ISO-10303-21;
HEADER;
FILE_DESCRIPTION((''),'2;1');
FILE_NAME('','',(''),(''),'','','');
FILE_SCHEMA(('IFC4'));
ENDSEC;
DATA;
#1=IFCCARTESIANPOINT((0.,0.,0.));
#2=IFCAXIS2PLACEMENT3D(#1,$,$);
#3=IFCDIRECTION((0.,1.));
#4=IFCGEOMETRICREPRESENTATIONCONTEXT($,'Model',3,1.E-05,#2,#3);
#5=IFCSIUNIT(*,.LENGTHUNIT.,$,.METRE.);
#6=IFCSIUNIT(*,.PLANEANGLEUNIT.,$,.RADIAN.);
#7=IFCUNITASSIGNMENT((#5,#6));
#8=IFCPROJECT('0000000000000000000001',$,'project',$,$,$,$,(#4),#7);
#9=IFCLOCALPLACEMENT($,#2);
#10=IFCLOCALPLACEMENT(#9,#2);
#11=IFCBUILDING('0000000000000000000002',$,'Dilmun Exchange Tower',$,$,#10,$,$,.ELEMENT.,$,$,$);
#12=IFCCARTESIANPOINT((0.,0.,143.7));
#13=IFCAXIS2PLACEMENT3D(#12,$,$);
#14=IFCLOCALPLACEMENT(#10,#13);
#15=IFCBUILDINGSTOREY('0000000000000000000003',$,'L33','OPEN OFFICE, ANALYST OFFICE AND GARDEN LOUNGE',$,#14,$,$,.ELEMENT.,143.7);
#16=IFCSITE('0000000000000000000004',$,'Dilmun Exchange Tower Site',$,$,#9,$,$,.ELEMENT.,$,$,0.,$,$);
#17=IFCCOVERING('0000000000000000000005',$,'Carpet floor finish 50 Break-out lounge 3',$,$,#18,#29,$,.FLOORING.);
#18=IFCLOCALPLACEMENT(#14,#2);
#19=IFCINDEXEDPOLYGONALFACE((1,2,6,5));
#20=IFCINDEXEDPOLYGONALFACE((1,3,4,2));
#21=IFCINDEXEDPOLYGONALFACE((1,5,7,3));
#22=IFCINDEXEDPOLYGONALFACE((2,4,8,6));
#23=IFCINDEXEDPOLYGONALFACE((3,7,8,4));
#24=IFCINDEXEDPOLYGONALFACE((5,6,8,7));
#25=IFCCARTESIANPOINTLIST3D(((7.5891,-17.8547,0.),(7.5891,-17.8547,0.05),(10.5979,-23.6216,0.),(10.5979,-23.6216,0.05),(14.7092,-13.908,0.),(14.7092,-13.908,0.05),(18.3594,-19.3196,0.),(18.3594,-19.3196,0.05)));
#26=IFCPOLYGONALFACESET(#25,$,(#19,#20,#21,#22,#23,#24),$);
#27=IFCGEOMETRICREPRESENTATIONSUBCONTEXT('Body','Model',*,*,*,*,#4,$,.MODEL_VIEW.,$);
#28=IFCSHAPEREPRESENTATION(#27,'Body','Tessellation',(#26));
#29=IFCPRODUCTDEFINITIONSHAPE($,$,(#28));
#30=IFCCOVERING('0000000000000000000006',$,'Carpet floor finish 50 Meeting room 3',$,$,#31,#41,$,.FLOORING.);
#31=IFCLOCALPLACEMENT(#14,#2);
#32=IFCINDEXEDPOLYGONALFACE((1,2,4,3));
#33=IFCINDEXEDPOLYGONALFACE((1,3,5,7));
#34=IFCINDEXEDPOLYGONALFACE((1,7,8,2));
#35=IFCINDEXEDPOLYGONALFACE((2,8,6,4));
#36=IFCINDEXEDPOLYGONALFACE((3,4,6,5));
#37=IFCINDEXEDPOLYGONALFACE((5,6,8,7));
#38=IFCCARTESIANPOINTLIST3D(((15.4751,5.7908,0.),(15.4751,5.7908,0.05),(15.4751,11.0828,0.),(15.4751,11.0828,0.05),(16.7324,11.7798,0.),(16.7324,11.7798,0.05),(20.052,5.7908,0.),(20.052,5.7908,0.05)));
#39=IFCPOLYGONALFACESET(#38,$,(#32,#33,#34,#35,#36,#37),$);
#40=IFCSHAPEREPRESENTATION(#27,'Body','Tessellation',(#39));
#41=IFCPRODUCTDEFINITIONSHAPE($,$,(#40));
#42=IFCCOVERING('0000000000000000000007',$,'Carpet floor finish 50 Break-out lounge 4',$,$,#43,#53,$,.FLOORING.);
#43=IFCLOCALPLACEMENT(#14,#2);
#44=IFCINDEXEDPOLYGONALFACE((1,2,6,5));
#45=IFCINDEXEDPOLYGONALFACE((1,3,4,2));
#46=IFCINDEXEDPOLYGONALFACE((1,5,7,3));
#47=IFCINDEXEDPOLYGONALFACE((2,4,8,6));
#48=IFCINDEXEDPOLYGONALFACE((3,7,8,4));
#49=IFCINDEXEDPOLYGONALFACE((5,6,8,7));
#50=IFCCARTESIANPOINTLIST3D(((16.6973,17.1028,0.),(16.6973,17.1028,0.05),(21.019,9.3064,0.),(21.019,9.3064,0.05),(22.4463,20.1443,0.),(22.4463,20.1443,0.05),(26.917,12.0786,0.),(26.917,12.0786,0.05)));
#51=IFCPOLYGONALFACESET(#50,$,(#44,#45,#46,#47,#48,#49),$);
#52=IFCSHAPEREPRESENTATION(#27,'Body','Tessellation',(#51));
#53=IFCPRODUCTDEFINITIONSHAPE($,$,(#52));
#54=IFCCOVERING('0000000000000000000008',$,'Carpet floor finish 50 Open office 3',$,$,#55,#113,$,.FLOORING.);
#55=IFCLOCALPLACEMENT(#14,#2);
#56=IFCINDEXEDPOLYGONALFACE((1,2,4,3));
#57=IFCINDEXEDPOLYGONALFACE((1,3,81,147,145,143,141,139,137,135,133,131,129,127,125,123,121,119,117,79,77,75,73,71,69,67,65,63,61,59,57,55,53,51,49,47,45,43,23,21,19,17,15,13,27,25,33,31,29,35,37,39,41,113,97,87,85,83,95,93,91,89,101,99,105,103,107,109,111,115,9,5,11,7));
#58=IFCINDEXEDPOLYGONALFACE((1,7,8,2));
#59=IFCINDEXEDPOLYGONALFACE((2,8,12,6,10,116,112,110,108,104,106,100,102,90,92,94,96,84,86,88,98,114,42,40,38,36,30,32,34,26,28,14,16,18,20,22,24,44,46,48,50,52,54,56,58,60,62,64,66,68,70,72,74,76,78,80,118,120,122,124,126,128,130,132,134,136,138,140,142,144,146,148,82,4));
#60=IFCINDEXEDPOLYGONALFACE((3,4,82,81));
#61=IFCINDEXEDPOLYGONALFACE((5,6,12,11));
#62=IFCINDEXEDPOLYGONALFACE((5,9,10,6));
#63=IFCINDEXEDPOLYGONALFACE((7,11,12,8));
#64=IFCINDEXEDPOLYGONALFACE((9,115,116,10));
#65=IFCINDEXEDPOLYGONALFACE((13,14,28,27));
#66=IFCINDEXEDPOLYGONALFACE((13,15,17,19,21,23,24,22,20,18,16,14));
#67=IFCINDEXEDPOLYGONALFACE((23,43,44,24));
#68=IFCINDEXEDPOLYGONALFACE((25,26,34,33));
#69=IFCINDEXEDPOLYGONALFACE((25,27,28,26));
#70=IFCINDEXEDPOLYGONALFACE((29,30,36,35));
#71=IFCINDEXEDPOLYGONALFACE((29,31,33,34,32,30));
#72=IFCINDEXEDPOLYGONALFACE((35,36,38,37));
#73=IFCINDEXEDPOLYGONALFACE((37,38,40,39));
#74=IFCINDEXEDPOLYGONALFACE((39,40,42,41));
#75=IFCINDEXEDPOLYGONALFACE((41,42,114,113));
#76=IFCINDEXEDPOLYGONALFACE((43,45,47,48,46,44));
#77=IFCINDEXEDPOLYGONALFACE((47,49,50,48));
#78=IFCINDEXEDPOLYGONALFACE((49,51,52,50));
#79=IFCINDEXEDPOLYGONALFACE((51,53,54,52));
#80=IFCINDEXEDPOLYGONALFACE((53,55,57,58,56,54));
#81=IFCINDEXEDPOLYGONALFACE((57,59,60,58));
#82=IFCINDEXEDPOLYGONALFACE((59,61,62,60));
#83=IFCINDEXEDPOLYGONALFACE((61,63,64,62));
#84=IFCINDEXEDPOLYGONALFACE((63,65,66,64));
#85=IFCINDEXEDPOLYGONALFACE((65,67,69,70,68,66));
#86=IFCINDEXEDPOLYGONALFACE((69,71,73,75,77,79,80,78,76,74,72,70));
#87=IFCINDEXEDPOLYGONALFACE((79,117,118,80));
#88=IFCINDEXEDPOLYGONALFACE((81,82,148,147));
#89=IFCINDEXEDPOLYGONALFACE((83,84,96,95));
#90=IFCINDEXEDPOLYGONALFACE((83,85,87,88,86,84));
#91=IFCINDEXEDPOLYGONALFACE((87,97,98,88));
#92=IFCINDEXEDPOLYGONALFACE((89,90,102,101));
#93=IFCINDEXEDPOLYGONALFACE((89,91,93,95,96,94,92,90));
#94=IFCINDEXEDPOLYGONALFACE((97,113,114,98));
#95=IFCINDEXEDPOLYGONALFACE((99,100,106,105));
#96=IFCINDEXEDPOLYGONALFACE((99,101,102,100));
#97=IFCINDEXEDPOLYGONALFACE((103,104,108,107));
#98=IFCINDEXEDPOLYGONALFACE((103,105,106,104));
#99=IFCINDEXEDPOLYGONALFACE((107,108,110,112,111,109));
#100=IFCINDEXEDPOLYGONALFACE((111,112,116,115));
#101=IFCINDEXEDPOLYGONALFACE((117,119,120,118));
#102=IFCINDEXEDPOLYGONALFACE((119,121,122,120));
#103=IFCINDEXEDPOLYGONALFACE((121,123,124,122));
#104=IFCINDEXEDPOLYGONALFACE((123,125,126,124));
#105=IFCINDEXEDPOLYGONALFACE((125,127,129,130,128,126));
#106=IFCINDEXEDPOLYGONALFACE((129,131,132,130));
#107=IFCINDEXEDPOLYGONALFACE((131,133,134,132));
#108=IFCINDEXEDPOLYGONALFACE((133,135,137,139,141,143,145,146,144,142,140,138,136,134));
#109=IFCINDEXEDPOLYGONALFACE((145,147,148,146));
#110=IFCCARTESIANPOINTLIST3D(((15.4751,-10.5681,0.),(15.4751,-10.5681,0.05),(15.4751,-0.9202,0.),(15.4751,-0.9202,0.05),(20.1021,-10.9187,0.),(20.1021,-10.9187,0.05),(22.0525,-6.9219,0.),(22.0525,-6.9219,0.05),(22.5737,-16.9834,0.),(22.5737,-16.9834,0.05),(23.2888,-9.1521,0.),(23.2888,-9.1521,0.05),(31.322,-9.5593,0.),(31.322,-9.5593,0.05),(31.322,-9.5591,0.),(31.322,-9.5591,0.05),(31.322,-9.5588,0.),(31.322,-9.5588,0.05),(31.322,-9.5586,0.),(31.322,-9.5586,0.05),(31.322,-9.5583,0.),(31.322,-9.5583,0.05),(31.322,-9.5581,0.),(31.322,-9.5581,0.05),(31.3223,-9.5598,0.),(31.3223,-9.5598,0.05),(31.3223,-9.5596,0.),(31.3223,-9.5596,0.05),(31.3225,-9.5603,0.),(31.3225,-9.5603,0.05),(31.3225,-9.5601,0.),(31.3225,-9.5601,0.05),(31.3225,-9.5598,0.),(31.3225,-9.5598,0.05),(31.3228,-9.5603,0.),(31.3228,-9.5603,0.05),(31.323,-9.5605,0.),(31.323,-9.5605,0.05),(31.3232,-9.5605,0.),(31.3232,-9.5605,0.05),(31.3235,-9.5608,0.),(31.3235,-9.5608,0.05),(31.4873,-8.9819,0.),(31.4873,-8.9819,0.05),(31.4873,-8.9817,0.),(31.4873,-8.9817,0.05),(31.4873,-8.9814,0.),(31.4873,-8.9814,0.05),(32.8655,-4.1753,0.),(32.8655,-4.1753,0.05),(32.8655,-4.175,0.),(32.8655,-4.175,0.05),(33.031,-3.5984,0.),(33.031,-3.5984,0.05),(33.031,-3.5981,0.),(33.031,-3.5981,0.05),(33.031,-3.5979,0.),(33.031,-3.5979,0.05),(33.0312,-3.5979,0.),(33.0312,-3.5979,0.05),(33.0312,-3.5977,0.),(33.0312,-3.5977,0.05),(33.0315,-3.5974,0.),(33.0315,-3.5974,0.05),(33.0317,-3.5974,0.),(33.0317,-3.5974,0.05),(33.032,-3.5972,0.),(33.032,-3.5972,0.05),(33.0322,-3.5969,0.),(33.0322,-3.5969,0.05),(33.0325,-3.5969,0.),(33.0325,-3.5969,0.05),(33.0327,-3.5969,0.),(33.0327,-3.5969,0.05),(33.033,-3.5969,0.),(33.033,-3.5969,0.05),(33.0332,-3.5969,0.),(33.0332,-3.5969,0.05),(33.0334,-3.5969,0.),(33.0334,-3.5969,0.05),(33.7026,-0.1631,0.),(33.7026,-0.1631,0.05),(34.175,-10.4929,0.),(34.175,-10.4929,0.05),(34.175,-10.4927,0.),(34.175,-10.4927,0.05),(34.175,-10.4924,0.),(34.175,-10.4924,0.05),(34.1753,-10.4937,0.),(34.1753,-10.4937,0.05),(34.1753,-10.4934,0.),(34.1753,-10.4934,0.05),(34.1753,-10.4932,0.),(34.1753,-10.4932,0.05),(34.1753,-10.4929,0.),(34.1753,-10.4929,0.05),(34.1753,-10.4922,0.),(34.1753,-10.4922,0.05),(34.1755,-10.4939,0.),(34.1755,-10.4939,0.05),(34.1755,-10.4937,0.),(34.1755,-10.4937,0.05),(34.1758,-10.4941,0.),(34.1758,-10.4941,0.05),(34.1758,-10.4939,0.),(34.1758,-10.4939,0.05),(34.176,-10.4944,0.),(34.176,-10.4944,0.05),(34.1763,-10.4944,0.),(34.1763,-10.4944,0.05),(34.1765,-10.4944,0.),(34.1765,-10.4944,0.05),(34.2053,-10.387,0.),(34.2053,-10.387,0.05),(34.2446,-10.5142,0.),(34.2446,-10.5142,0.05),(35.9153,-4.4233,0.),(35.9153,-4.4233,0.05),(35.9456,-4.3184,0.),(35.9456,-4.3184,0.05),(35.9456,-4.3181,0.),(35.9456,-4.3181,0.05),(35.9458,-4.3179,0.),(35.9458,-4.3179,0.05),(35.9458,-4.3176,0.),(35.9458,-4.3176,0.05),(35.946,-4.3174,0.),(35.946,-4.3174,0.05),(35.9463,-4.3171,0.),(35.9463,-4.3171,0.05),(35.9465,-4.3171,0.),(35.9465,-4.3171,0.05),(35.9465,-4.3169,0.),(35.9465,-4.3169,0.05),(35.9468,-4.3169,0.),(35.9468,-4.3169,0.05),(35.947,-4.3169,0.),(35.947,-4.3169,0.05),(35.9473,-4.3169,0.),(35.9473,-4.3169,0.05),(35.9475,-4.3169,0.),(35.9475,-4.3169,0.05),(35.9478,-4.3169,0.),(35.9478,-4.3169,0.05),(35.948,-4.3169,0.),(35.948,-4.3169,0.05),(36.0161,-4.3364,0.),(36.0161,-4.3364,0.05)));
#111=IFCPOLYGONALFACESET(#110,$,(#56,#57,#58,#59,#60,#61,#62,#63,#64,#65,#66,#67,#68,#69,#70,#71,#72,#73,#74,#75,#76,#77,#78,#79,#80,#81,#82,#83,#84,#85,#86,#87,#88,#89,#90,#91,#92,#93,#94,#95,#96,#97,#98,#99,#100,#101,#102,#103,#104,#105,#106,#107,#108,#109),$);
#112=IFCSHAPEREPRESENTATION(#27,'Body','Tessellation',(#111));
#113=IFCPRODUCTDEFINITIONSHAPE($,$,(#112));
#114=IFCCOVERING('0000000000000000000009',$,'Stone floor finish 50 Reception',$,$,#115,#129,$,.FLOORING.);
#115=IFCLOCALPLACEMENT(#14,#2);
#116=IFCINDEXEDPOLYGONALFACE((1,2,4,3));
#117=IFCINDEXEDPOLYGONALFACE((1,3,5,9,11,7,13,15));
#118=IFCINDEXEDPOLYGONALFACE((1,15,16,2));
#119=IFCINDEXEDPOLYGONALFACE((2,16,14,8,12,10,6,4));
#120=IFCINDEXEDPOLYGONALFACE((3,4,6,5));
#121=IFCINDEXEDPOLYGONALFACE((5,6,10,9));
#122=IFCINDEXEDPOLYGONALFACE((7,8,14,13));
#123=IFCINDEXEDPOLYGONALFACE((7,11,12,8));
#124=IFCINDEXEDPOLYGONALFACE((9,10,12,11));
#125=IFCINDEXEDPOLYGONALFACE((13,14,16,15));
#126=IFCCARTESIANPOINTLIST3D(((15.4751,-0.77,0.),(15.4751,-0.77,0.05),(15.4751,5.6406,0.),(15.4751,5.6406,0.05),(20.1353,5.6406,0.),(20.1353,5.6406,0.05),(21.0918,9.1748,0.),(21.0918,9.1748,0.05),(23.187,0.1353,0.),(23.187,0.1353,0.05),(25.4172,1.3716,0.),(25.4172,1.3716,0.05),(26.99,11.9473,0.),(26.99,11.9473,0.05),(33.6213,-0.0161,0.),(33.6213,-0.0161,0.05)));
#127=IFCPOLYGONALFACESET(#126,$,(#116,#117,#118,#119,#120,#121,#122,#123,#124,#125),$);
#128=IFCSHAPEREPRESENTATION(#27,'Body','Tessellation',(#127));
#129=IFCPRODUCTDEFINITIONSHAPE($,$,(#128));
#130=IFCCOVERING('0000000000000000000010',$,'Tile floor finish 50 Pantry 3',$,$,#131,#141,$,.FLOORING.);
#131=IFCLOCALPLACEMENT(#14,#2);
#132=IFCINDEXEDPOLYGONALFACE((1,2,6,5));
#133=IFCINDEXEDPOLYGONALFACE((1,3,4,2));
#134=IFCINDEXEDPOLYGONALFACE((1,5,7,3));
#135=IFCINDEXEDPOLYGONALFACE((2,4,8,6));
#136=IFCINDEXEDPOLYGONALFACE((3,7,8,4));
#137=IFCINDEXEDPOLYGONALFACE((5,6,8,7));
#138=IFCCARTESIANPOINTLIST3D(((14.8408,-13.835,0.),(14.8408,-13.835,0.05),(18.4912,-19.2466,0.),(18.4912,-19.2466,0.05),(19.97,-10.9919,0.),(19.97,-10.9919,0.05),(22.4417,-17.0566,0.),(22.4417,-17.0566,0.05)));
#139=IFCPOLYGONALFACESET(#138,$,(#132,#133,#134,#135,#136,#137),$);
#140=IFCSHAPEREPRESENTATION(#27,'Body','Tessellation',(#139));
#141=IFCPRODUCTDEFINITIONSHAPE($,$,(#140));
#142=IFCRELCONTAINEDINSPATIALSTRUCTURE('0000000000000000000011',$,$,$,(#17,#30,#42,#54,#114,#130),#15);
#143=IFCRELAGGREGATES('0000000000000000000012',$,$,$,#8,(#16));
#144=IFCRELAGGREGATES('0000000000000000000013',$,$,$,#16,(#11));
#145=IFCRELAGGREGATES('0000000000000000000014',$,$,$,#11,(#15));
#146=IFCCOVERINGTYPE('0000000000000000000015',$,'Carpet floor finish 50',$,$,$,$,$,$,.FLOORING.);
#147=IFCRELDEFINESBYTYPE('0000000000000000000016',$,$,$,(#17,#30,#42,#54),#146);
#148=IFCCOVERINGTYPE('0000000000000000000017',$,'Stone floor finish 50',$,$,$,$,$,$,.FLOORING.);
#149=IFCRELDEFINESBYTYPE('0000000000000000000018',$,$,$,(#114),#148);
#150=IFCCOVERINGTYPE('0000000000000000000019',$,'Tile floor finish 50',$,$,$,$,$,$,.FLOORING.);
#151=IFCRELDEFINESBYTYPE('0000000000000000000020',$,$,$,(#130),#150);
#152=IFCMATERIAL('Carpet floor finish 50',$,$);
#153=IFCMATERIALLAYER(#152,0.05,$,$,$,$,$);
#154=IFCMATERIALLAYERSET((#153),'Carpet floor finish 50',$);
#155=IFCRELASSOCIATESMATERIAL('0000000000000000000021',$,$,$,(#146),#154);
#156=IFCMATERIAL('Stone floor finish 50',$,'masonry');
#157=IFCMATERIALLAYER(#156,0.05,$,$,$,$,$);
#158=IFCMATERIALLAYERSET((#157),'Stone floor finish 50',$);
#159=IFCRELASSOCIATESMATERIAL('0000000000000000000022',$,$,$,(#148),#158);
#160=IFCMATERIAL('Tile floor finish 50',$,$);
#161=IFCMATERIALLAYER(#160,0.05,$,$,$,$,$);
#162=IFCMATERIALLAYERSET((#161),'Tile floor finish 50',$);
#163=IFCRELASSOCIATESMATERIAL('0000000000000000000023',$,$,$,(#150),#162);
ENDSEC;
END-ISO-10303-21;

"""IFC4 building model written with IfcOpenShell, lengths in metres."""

from ifc_helpers import new_model, si_unit, direction, frame, origin, place, context, subcontext, project, spatial, polyline, outline, extrude, material, layer, layer_set, type_object, element, save


model = new_model("IFC4")

# Units and contexts
model_context = context("Model", 3, precision=1e-05, world=origin(), true_north=direction((0.0, 1.0)))
body_context = subcontext(model_context, "Body", "Model", "MODEL_VIEW")
ifc_project = project(units=[si_unit("LENGTHUNIT", "METRE"), si_unit("PLANEANGLEUNIT", "RADIAN")], contexts=[model_context])

# Site, building, storey
site_placement = place(None, origin())
site = spatial("IfcSite", under=ifc_project, at=site_placement, Name="Dilmun Exchange Tower Site", CompositionType="ELEMENT", RefElevation=0.0)
building_placement = place(site_placement, origin())
building = spatial("IfcBuilding", under=site, at=building_placement, Name="Dilmun Exchange Tower", CompositionType="ELEMENT")
storey_placement = place(building_placement, frame((0.0, 0.0, 143.7)))
storey = spatial("IfcBuildingStorey", under=building, at=storey_placement, Name="L33", Description="OPEN OFFICE, ANALYST OFFICE AND GARDEN LOUNGE", CompositionType="ELEMENT", Elevation=143.7)

# Coverings
ifc_material_1 = material(Name="Carpet floor finish 50")
ifc_layer_1 = layer(ifc_material_1, 0.05)
ifc_layer_set_1 = layer_set([ifc_layer_1], Name="Carpet floor finish 50")
covering_type_1 = type_object("IfcCoveringType", Name="Carpet floor finish 50", PredefinedType="FLOORING", material=ifc_layer_set_1)
covering_1_placement = place(storey_placement, origin())
element("IfcCovering", 1, at=covering_1_placement, inside=storey, type_object=covering_type_1, Name="Carpet floor finish 50 Break-out lounge 3", PredefinedType="FLOORING", context=body_context, shape_type="SweptSolid", body=[
    extrude(outline(polyline([(7.5891, -17.8547), (14.7092, -13.908), (18.3594, -19.3196), (10.5979, -23.6216), (7.5891, -17.8547)])), origin(), (0.0, 0.0, 1.0), 0.05),
])
covering_2_placement = place(storey_placement, origin())
element("IfcCovering", 2, at=covering_2_placement, inside=storey, type_object=covering_type_1, Name="Carpet floor finish 50 Meeting room 3", PredefinedType="FLOORING", context=body_context, shape_type="SweptSolid", body=[
    extrude(outline(polyline([(15.4751, 11.0828), (16.7324, 11.7798), (20.052, 5.7908), (15.4751, 5.7908), (15.4751, 11.0828)])), origin(), (0.0, 0.0, 1.0), 0.05),
])
covering_3_placement = place(storey_placement, origin())
element("IfcCovering", 3, at=covering_3_placement, inside=storey, type_object=covering_type_1, Name="Carpet floor finish 50 Break-out lounge 4", PredefinedType="FLOORING", context=body_context, shape_type="SweptSolid", body=[
    extrude(outline(polyline([(16.6973, 17.1028), (22.4463, 20.1443), (26.917, 12.0786), (21.019, 9.3064), (16.6973, 17.1028)])), origin(), (0.0, 0.0, 1.0), 0.05),
])
covering_4_placement = place(storey_placement, origin())
element("IfcCovering", 4, at=covering_4_placement, inside=storey, type_object=covering_type_1, Name="Carpet floor finish 50 Open office 3", PredefinedType="FLOORING", context=body_context, shape_type="SweptSolid", body=[
    extrude(outline(polyline([(20.1021, -10.9187), (23.2888, -9.1521), (22.0525, -6.9219), (15.4751, -10.5681), (15.4751, -0.9202), (33.7026, -0.1631), (36.0161, -4.3364), (35.948, -4.3169), (35.9478, -4.3169), (35.9475, -4.3169), (35.9475, -4.3169), (35.9473, -4.3169), (35.947, -4.3169), (35.9468, -4.3169), (35.9465, -4.3169), (35.9465, -4.3171), (35.9463, -4.3171), (35.946, -4.3174), (35.946, -4.3174), (35.9458, -4.3176), (35.9458, -4.3179), (35.9458, -4.3179), (35.9456, -4.3181), (35.9456, -4.3184), (35.9153, -4.4233), (33.0334, -3.5969), (33.0332, -3.5969), (33.0332, -3.5969), (33.033, -3.5969), (33.0327, -3.5969), (33.0325, -3.5969), (33.0322, -3.5969), (33.032, -3.5972), (33.032, -3.5972), (33.0317, -3.5974), (33.0315, -3.5974), (33.0315, -3.5974), (33.0312, -3.5977), (33.0312, -3.5979), (33.031, -3.5979), (33.031, -3.5981), (33.031, -3.5984), (32.8655, -4.175), (32.8655, -4.1753), (32.8655, -4.1753), (31.4873, -8.9814), (31.4873, -8.9817), (31.4873, -8.9817), (31.4873, -8.9819), (31.322, -9.5581), (31.322, -9.5583), (31.322, -9.5586), (31.322, -9.5588), (31.322, -9.5591), (31.322, -9.5591), (31.322, -9.5593), (31.3223, -9.5596), (31.3223, -9.5598), (31.3225, -9.5598), (31.3225, -9.5601), (31.3225, -9.5603), (31.3228, -9.5603), (31.323, -9.5605), (31.323, -9.5605), (31.3232, -9.5605), (31.3235, -9.5608), (34.2053, -10.387), (34.1753, -10.4922), (34.1753, -10.4922), (34.175, -10.4924), (34.175, -10.4927), (34.175, -10.4929), (34.1753, -10.4929), (34.1753, -10.4932), (34.1753, -10.4934), (34.1753, -10.4937), (34.1755, -10.4937), (34.1755, -10.4939), (34.1758, -10.4939), (34.1758, -10.4941), (34.176, -10.4944), (34.1763, -10.4944), (34.1765, -10.4944), (34.1765, -10.4944), (34.2446, -10.5142), (22.5737, -16.9834), (20.1021, -10.9187)])), origin(), (0.0, 0.0, 1.0), 0.05),
])
ifc_material_2 = material(Name="Stone floor finish 50", Category="masonry")
ifc_layer_2 = layer(ifc_material_2, 0.05)
ifc_layer_set_2 = layer_set([ifc_layer_2], Name="Stone floor finish 50")
covering_type_2 = type_object("IfcCoveringType", Name="Stone floor finish 50", PredefinedType="FLOORING", material=ifc_layer_set_2)
covering_5_placement = place(storey_placement, origin())
element("IfcCovering", 5, at=covering_5_placement, inside=storey, type_object=covering_type_2, Name="Stone floor finish 50 Reception", PredefinedType="FLOORING", context=body_context, shape_type="SweptSolid", body=[
    extrude(outline(polyline([(25.4172, 1.3716), (21.0918, 9.1748), (26.99, 11.9473), (33.6213, -0.0161), (15.4751, -0.77), (15.4751, 5.6406), (20.1353, 5.6406), (23.187, 0.1353), (25.4172, 1.3716)])), origin(), (0.0, 0.0, 1.0), 0.05),
])
ifc_material_3 = material(Name="Tile floor finish 50")
ifc_layer_3 = layer(ifc_material_3, 0.05)
ifc_layer_set_3 = layer_set([ifc_layer_3], Name="Tile floor finish 50")
covering_type_3 = type_object("IfcCoveringType", Name="Tile floor finish 50", PredefinedType="FLOORING", material=ifc_layer_set_3)
covering_6_placement = place(storey_placement, origin())
element("IfcCovering", 6, at=covering_6_placement, inside=storey, type_object=covering_type_3, Name="Tile floor finish 50 Pantry 3", PredefinedType="FLOORING", context=body_context, shape_type="SweptSolid", body=[
    extrude(outline(polyline([(19.97, -10.9919), (22.4417, -17.0566), (18.4912, -19.2466), (14.8408, -13.835), (19.97, -10.9919)])), origin(), (0.0, 0.0, 1.0), 0.05),
])

save(model, "model.ifc")
